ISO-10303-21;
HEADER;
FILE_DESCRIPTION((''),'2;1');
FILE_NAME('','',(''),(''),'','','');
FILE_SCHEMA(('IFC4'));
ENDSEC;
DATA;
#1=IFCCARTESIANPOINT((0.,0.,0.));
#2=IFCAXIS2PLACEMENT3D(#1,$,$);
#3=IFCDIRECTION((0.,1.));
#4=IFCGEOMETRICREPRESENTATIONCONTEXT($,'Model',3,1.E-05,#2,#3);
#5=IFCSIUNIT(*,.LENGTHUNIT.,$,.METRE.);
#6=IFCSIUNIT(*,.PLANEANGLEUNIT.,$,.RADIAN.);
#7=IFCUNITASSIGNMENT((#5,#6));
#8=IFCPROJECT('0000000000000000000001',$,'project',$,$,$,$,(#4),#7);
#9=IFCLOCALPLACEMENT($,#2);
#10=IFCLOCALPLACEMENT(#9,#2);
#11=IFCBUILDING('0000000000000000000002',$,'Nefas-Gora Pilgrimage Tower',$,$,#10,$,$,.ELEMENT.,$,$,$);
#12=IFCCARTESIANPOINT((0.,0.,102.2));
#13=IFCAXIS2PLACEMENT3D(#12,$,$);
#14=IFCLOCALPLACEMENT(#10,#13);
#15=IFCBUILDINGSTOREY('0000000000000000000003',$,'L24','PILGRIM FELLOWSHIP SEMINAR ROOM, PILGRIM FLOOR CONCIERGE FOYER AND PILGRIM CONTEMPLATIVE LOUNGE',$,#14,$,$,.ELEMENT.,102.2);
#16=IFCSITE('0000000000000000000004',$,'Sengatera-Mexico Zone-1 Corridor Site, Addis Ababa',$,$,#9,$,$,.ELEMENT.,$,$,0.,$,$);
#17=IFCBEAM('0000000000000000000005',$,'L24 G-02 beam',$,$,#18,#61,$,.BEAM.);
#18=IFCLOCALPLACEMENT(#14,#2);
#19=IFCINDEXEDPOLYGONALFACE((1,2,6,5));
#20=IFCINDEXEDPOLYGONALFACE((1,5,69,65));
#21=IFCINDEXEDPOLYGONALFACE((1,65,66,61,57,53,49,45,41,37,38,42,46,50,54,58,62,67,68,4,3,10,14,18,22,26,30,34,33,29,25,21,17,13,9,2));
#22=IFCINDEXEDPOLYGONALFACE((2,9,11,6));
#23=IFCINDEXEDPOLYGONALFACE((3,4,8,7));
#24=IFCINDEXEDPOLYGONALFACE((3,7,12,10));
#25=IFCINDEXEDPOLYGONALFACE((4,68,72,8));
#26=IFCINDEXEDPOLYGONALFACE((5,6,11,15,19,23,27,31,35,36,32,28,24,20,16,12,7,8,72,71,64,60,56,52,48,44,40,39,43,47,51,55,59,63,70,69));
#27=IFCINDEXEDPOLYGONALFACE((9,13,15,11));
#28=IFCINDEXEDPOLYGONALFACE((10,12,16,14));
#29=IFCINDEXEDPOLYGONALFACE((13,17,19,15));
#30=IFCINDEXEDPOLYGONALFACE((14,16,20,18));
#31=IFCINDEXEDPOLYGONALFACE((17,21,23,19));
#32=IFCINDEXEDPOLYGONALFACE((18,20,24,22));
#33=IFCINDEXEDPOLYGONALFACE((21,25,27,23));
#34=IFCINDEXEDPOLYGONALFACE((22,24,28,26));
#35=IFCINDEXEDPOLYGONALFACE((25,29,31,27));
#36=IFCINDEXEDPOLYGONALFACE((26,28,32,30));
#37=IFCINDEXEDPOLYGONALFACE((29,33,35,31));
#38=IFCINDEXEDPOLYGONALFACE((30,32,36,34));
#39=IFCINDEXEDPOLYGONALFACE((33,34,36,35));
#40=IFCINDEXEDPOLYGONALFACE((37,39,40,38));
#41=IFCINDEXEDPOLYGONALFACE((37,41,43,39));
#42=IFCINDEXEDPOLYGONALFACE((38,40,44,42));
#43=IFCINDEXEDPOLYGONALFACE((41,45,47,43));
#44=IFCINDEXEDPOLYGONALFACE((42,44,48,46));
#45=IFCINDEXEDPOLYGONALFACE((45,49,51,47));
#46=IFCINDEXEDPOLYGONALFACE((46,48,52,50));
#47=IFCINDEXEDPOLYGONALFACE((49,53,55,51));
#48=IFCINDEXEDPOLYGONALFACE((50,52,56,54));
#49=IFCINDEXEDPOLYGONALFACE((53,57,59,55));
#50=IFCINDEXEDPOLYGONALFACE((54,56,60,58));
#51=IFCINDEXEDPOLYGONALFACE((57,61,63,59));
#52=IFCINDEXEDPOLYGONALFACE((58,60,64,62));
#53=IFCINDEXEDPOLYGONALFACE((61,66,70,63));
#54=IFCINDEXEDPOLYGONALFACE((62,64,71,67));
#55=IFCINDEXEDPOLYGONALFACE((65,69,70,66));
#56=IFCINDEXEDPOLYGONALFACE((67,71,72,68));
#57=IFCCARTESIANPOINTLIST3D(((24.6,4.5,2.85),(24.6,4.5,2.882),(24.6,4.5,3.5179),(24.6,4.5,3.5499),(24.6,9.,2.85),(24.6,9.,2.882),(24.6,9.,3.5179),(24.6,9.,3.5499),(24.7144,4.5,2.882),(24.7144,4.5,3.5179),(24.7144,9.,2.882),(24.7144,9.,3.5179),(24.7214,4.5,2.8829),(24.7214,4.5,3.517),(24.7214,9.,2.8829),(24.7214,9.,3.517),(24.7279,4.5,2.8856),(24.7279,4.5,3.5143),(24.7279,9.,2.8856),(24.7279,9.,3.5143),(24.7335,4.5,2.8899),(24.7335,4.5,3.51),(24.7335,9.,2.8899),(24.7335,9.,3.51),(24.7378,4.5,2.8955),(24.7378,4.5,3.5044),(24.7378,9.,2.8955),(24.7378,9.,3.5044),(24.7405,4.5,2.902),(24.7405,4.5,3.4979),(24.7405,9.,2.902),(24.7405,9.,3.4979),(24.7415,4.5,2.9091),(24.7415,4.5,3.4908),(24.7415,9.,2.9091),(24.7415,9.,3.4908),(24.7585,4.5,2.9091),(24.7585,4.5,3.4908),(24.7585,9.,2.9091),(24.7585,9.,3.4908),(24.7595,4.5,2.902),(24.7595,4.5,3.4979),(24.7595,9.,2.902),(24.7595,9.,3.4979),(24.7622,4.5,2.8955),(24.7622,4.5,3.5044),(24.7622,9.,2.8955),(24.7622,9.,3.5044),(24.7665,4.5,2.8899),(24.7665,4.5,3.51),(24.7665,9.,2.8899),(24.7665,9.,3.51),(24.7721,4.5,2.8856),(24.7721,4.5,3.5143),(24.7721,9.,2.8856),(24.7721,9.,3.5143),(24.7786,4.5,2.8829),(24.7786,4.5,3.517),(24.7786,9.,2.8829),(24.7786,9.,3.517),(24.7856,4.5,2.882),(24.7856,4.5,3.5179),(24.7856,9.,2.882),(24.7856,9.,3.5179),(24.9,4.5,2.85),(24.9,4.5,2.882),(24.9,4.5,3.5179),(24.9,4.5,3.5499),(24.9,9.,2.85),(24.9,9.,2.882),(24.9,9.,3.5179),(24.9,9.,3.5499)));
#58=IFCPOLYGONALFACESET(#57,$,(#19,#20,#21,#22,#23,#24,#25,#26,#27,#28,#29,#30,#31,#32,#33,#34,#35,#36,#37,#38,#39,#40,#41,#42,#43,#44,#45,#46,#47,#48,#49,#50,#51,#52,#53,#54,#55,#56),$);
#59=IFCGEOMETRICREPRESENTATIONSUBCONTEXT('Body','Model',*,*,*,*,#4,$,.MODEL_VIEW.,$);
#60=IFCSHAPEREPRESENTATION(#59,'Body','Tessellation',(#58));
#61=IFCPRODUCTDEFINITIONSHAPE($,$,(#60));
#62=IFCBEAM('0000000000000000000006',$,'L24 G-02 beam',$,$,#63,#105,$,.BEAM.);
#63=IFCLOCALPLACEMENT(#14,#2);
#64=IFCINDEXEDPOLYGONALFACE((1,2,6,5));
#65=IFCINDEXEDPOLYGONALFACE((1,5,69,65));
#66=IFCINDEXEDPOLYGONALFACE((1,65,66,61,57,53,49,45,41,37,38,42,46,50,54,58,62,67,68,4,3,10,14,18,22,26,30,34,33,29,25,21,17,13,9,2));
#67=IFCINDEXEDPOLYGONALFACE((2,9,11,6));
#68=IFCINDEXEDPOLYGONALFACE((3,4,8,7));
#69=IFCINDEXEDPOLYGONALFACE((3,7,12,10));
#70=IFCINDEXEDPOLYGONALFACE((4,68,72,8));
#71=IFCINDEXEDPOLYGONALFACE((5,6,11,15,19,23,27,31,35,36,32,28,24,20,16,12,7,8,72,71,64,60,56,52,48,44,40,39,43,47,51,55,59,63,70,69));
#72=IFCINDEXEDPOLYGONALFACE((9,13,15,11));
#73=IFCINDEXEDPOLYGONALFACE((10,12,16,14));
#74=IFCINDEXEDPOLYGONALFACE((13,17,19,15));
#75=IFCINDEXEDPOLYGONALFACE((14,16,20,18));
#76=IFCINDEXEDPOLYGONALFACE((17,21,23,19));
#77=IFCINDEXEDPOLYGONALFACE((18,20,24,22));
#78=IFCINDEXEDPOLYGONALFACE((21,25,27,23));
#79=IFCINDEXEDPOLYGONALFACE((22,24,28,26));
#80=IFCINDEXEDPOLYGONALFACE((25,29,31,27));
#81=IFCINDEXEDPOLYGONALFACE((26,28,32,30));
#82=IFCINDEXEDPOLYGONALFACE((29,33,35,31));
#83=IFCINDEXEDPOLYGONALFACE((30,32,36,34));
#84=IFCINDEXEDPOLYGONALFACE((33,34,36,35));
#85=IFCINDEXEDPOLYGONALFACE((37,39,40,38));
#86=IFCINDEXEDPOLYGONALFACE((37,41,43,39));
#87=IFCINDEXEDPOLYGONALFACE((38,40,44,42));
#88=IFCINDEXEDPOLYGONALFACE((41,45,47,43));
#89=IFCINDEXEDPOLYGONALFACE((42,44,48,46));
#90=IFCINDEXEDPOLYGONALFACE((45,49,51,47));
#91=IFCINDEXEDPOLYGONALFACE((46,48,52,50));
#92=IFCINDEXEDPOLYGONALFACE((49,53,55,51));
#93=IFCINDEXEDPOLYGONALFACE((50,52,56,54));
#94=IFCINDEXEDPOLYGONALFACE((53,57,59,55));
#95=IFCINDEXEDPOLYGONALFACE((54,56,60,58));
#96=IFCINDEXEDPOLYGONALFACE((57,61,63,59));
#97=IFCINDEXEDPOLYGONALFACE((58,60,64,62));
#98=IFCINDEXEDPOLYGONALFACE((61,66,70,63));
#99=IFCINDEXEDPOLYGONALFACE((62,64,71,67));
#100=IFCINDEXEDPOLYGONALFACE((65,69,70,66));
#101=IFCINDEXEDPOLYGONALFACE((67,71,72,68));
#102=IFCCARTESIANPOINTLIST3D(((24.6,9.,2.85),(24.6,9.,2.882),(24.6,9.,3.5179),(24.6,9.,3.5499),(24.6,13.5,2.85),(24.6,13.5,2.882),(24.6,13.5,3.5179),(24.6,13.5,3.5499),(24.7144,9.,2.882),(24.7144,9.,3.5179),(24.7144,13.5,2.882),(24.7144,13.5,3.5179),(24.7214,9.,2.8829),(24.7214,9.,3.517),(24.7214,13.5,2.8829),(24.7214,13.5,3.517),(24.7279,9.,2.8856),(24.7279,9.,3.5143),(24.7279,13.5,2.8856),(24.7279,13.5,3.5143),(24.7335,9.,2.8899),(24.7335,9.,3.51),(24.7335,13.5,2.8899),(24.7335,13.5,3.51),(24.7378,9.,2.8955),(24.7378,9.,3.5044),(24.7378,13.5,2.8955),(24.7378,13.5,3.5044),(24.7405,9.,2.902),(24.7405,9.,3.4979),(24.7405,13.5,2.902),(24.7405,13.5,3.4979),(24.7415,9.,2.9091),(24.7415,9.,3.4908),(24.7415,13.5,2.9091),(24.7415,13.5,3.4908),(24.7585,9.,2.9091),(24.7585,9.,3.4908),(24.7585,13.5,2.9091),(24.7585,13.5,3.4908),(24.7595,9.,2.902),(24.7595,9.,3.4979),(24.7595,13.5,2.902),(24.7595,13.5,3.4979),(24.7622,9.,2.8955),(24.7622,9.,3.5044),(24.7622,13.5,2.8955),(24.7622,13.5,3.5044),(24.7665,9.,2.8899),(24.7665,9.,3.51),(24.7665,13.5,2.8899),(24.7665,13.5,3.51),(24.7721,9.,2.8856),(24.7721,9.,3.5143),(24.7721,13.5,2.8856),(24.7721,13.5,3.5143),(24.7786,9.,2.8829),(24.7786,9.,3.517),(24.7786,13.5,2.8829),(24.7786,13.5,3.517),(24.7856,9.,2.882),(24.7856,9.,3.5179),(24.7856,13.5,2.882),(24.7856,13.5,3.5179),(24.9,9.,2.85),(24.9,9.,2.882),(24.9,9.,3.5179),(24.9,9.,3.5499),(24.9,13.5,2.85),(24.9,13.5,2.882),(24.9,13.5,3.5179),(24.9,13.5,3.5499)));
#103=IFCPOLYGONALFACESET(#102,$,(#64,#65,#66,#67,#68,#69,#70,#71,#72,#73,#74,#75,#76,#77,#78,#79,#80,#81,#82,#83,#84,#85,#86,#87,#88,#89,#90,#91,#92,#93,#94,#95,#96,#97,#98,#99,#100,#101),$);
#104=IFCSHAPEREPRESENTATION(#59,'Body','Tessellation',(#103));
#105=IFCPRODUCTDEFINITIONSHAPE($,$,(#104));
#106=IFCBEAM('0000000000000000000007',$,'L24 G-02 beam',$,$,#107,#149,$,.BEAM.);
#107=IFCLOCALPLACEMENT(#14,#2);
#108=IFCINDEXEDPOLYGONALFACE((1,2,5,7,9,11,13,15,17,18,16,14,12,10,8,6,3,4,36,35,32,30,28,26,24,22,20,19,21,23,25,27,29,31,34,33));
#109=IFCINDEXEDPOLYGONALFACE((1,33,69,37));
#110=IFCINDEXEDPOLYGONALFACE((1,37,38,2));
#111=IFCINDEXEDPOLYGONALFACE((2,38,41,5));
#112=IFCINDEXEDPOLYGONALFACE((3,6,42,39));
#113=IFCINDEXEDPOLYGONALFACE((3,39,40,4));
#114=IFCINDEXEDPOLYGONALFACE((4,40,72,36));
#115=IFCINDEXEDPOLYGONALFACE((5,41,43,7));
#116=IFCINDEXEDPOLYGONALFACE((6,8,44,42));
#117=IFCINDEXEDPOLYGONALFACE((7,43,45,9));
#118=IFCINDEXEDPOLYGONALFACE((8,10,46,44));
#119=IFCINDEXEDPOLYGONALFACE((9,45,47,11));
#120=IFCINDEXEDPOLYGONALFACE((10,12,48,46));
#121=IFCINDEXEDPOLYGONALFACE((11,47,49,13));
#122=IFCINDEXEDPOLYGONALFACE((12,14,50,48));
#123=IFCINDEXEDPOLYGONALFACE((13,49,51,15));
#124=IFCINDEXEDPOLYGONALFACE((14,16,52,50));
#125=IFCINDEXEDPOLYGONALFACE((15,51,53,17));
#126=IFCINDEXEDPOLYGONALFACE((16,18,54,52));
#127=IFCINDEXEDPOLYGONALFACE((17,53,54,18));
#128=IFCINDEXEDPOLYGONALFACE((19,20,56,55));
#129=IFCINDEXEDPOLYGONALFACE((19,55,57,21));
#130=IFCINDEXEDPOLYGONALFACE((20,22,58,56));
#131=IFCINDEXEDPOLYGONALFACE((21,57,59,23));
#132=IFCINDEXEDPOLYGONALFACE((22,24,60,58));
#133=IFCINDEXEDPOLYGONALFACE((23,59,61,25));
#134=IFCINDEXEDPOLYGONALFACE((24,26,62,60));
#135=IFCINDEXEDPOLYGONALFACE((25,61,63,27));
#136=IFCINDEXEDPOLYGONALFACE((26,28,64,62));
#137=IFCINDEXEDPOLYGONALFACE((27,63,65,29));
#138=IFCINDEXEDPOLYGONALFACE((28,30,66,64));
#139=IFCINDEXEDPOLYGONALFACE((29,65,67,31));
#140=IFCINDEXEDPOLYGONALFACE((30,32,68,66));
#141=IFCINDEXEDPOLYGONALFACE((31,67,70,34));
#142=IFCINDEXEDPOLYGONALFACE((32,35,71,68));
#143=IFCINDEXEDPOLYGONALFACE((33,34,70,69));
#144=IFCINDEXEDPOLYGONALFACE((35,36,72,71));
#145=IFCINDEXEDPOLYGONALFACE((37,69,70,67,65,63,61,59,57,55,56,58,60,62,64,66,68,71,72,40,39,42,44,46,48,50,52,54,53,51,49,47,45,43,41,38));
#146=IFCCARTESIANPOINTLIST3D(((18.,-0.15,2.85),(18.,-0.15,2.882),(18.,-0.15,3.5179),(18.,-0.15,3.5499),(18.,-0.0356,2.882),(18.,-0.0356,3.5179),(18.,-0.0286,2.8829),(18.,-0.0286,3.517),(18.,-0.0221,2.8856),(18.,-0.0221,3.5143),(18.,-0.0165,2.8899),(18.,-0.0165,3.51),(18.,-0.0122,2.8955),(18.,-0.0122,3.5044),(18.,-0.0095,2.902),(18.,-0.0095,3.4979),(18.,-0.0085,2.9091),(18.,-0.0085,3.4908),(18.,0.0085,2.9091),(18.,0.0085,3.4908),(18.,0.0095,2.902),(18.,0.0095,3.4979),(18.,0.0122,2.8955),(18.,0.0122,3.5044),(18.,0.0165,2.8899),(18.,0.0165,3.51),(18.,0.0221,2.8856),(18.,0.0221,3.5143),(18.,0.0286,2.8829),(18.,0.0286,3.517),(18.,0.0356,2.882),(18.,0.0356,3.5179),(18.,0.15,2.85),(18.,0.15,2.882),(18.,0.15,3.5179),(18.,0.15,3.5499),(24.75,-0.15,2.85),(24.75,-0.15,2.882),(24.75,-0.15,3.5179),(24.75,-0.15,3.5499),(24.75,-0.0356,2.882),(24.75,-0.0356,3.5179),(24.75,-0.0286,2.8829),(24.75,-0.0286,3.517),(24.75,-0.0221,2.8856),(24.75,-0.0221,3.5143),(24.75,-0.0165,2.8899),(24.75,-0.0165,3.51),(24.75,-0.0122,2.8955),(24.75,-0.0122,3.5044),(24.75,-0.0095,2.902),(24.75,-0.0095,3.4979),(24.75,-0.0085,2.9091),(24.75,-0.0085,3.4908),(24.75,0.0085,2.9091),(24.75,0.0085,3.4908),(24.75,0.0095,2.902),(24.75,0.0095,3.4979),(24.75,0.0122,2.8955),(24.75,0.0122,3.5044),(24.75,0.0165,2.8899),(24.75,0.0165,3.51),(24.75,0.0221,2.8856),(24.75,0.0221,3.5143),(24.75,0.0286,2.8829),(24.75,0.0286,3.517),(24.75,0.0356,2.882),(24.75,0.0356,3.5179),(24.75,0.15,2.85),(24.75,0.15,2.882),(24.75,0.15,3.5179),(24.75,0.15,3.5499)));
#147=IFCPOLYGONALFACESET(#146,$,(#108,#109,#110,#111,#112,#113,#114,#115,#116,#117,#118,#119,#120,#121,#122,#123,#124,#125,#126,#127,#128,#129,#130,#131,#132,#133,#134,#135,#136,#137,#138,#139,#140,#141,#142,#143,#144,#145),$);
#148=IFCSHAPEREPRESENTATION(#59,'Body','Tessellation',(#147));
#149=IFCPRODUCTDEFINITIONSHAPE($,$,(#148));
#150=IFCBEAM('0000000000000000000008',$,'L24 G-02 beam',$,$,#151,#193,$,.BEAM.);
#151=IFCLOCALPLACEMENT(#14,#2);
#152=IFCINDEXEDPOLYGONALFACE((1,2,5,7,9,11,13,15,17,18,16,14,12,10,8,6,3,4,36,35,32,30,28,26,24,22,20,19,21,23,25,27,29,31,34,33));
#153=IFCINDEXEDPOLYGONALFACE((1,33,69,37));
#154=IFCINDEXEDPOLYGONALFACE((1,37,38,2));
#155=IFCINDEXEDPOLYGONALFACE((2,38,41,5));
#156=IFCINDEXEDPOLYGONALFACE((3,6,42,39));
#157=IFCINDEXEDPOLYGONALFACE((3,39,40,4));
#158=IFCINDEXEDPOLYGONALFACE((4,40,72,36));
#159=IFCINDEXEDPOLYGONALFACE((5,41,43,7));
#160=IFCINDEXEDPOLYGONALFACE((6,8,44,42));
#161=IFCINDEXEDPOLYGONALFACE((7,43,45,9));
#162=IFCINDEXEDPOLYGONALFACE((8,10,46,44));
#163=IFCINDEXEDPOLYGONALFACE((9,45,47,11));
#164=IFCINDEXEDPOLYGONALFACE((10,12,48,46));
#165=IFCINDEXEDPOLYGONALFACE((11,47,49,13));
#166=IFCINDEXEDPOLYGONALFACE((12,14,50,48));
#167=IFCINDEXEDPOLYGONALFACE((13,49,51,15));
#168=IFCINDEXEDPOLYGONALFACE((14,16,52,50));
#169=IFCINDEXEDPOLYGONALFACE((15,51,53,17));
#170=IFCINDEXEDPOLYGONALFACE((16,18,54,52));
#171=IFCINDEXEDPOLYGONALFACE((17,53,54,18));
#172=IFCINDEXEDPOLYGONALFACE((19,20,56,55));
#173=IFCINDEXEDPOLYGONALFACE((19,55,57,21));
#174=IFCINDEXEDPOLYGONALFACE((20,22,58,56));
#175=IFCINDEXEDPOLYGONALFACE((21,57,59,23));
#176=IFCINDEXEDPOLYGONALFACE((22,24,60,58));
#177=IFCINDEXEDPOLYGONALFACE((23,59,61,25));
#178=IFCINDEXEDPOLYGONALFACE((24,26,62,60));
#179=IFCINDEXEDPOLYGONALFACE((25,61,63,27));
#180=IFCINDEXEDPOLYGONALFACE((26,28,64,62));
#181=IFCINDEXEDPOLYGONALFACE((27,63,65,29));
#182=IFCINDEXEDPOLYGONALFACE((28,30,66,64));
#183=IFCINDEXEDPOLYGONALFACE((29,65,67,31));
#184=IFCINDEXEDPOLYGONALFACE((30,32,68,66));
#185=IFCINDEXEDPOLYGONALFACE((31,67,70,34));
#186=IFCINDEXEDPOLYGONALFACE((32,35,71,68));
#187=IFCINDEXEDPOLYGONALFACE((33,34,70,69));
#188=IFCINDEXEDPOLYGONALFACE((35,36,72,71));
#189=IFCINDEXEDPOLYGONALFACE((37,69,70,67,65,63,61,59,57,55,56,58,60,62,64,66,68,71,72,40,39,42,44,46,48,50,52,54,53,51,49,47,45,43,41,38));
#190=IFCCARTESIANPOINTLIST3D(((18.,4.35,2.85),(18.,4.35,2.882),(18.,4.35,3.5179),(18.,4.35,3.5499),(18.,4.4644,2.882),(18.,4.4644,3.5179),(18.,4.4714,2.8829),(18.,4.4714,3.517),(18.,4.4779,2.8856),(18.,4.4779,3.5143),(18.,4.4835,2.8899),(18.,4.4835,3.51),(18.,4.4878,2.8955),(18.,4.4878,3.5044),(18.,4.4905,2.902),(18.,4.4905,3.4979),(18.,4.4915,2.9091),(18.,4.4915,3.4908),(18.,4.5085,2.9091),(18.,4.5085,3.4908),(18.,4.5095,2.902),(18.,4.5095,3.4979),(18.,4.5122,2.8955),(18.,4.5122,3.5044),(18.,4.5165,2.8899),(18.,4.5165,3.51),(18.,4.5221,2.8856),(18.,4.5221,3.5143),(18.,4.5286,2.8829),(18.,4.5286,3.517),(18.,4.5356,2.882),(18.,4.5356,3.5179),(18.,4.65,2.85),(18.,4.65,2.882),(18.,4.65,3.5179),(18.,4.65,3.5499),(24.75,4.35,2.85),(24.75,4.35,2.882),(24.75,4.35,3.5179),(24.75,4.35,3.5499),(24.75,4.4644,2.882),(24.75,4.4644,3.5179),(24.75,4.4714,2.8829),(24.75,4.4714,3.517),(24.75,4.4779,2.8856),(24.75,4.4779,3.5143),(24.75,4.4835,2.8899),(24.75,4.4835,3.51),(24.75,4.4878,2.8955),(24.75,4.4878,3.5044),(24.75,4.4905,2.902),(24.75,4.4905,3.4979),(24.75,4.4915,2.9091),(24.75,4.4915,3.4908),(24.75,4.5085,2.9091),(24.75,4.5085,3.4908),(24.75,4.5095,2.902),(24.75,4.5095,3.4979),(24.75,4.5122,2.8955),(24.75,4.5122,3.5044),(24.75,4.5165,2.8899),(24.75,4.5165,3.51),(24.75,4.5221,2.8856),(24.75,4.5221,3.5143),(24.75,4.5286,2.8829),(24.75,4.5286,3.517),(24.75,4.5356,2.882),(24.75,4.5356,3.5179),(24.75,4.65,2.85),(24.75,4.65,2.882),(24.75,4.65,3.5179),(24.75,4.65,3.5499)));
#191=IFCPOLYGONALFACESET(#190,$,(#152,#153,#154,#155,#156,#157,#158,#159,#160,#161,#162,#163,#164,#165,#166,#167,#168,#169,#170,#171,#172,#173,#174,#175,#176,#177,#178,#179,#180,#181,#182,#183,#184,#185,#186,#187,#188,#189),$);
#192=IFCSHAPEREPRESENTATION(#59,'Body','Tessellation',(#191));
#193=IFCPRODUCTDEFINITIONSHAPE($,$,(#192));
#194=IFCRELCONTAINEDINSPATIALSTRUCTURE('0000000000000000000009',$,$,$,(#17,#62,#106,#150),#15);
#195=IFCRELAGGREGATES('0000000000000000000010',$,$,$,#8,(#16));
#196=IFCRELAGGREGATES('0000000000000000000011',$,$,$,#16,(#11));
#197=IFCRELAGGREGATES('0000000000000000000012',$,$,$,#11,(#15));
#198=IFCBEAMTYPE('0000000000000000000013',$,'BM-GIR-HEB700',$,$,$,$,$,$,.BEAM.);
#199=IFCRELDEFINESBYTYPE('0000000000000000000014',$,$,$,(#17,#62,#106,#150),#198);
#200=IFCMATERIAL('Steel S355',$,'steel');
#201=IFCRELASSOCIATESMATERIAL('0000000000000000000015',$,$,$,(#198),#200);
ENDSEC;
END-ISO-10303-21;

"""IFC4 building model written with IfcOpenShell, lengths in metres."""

from ifc_helpers import new_model, si_unit, direction, frame, origin, origin_2d, place, context, subcontext, project, spatial, i_section, extrude, source, transform, mapped, material, material_profile, profile_set, type_object, element, save


model = new_model("IFC4")

# Units and contexts
model_context = context("Model", 3, precision=1e-05, world=origin(), true_north=direction((0.0, 1.0)))
body_context = subcontext(model_context, "Body", "Model", "MODEL_VIEW")
ifc_project = project(units=[si_unit("LENGTHUNIT", "METRE"), si_unit("PLANEANGLEUNIT", "RADIAN")], contexts=[model_context])

# Site, building, storey
site_placement = place(None, origin())
site = spatial("IfcSite", under=ifc_project, at=site_placement, Name="Sengatera-Mexico Zone-1 Corridor Site, Addis Ababa", CompositionType="ELEMENT", RefElevation=0.0)
building_placement = place(site_placement, origin())
building = spatial("IfcBuilding", under=site, at=building_placement, Name="Nefas-Gora Pilgrimage Tower", CompositionType="ELEMENT")
storey_placement = place(building_placement, frame((0.0, 0.0, 102.2)))
storey = spatial("IfcBuildingStorey", under=building, at=storey_placement, Name="L24", Description="PILGRIM FELLOWSHIP SEMINAR ROOM, PILGRIM FLOOR CONCIERGE FOYER AND PILGRIM CONTEMPLATIVE LOUNGE", CompositionType="ELEMENT", Elevation=102.2)

# Beams
ifc_material_1 = material(Name="Steel S355", Category="steel")
ifc_material_profile_1 = material_profile(ifc_material_1, i_section(OverallWidth=0.3, OverallDepth=0.7, WebThickness=0.0171, FlangeThickness=0.032, FilletRadius=0.0271, at=origin_2d()), Name="HEB 700")
ifc_profile_set_1 = profile_set([ifc_material_profile_1], Name="Steel S355")
beam_type_1 = type_object("IfcBeamType", Name="BM-GIR-HEB700", PredefinedType="BEAM", material=ifc_profile_set_1)
shared_shape_1 = source(origin(), body_context, "Body", "SweptSolid", [
    extrude(i_section(OverallWidth=0.3, OverallDepth=0.7, WebThickness=0.0171, FlangeThickness=0.032, FilletRadius=0.0271, at=origin_2d()), origin(), (0.0, 0.0, 1.0), 4.5),
])
for number, where, z_axis, x_axis, name in (
    (1, (24.75, 4.5, 3.2), (0.0, 1.0, 0.0), (-1.0, 0.0, 0.0), "L24 G-02 beam"),
    (2, (24.75, 9.0, 3.2), (0.0, 1.0, 0.0), (-1.0, 0.0, 0.0), "L24 G-02 beam"),
):
    element("IfcBeam", number, at=place(storey_placement, frame(where, z_axis=z_axis, x_axis=x_axis)), inside=storey, type_object=beam_type_1, Name=name, PredefinedType="BEAM", context=body_context, shape_type="MappedRepresentation", body=[
        mapped(shared_shape_1, transform((0.0, 0.0, 0.0), x_axis=(1.0, 0.0, 0.0), y_axis=(0.0, 1.0, 0.0), z_axis=(0.0, 0.0, 1.0), scale=1.0)),
    ])
shared_shape_2 = source(origin(), body_context, "Body", "SweptSolid", [
    extrude(i_section(OverallWidth=0.3, OverallDepth=0.7, WebThickness=0.0171, FlangeThickness=0.032, FilletRadius=0.0271, at=origin_2d()), origin(), (0.0, 0.0, 1.0), 6.75),
])
for number, where, z_axis, x_axis, name in (
    (3, (18.0, 0.0, 3.2), (1.0, 0.0, 0.0), (0.0, 1.0, 0.0), "L24 G-02 beam"),
    (4, (18.0, 4.5, 3.2), (1.0, 0.0, 0.0), (0.0, 1.0, 0.0), "L24 G-02 beam"),
):
    element("IfcBeam", number, at=place(storey_placement, frame(where, z_axis=z_axis, x_axis=x_axis)), inside=storey, type_object=beam_type_1, Name=name, PredefinedType="BEAM", context=body_context, shape_type="MappedRepresentation", body=[
        mapped(shared_shape_2, transform((0.0, 0.0, 0.0), x_axis=(1.0, 0.0, 0.0), y_axis=(0.0, 1.0, 0.0), z_axis=(0.0, 0.0, 1.0), scale=1.0)),
    ])

save(model, "model.ifc")
